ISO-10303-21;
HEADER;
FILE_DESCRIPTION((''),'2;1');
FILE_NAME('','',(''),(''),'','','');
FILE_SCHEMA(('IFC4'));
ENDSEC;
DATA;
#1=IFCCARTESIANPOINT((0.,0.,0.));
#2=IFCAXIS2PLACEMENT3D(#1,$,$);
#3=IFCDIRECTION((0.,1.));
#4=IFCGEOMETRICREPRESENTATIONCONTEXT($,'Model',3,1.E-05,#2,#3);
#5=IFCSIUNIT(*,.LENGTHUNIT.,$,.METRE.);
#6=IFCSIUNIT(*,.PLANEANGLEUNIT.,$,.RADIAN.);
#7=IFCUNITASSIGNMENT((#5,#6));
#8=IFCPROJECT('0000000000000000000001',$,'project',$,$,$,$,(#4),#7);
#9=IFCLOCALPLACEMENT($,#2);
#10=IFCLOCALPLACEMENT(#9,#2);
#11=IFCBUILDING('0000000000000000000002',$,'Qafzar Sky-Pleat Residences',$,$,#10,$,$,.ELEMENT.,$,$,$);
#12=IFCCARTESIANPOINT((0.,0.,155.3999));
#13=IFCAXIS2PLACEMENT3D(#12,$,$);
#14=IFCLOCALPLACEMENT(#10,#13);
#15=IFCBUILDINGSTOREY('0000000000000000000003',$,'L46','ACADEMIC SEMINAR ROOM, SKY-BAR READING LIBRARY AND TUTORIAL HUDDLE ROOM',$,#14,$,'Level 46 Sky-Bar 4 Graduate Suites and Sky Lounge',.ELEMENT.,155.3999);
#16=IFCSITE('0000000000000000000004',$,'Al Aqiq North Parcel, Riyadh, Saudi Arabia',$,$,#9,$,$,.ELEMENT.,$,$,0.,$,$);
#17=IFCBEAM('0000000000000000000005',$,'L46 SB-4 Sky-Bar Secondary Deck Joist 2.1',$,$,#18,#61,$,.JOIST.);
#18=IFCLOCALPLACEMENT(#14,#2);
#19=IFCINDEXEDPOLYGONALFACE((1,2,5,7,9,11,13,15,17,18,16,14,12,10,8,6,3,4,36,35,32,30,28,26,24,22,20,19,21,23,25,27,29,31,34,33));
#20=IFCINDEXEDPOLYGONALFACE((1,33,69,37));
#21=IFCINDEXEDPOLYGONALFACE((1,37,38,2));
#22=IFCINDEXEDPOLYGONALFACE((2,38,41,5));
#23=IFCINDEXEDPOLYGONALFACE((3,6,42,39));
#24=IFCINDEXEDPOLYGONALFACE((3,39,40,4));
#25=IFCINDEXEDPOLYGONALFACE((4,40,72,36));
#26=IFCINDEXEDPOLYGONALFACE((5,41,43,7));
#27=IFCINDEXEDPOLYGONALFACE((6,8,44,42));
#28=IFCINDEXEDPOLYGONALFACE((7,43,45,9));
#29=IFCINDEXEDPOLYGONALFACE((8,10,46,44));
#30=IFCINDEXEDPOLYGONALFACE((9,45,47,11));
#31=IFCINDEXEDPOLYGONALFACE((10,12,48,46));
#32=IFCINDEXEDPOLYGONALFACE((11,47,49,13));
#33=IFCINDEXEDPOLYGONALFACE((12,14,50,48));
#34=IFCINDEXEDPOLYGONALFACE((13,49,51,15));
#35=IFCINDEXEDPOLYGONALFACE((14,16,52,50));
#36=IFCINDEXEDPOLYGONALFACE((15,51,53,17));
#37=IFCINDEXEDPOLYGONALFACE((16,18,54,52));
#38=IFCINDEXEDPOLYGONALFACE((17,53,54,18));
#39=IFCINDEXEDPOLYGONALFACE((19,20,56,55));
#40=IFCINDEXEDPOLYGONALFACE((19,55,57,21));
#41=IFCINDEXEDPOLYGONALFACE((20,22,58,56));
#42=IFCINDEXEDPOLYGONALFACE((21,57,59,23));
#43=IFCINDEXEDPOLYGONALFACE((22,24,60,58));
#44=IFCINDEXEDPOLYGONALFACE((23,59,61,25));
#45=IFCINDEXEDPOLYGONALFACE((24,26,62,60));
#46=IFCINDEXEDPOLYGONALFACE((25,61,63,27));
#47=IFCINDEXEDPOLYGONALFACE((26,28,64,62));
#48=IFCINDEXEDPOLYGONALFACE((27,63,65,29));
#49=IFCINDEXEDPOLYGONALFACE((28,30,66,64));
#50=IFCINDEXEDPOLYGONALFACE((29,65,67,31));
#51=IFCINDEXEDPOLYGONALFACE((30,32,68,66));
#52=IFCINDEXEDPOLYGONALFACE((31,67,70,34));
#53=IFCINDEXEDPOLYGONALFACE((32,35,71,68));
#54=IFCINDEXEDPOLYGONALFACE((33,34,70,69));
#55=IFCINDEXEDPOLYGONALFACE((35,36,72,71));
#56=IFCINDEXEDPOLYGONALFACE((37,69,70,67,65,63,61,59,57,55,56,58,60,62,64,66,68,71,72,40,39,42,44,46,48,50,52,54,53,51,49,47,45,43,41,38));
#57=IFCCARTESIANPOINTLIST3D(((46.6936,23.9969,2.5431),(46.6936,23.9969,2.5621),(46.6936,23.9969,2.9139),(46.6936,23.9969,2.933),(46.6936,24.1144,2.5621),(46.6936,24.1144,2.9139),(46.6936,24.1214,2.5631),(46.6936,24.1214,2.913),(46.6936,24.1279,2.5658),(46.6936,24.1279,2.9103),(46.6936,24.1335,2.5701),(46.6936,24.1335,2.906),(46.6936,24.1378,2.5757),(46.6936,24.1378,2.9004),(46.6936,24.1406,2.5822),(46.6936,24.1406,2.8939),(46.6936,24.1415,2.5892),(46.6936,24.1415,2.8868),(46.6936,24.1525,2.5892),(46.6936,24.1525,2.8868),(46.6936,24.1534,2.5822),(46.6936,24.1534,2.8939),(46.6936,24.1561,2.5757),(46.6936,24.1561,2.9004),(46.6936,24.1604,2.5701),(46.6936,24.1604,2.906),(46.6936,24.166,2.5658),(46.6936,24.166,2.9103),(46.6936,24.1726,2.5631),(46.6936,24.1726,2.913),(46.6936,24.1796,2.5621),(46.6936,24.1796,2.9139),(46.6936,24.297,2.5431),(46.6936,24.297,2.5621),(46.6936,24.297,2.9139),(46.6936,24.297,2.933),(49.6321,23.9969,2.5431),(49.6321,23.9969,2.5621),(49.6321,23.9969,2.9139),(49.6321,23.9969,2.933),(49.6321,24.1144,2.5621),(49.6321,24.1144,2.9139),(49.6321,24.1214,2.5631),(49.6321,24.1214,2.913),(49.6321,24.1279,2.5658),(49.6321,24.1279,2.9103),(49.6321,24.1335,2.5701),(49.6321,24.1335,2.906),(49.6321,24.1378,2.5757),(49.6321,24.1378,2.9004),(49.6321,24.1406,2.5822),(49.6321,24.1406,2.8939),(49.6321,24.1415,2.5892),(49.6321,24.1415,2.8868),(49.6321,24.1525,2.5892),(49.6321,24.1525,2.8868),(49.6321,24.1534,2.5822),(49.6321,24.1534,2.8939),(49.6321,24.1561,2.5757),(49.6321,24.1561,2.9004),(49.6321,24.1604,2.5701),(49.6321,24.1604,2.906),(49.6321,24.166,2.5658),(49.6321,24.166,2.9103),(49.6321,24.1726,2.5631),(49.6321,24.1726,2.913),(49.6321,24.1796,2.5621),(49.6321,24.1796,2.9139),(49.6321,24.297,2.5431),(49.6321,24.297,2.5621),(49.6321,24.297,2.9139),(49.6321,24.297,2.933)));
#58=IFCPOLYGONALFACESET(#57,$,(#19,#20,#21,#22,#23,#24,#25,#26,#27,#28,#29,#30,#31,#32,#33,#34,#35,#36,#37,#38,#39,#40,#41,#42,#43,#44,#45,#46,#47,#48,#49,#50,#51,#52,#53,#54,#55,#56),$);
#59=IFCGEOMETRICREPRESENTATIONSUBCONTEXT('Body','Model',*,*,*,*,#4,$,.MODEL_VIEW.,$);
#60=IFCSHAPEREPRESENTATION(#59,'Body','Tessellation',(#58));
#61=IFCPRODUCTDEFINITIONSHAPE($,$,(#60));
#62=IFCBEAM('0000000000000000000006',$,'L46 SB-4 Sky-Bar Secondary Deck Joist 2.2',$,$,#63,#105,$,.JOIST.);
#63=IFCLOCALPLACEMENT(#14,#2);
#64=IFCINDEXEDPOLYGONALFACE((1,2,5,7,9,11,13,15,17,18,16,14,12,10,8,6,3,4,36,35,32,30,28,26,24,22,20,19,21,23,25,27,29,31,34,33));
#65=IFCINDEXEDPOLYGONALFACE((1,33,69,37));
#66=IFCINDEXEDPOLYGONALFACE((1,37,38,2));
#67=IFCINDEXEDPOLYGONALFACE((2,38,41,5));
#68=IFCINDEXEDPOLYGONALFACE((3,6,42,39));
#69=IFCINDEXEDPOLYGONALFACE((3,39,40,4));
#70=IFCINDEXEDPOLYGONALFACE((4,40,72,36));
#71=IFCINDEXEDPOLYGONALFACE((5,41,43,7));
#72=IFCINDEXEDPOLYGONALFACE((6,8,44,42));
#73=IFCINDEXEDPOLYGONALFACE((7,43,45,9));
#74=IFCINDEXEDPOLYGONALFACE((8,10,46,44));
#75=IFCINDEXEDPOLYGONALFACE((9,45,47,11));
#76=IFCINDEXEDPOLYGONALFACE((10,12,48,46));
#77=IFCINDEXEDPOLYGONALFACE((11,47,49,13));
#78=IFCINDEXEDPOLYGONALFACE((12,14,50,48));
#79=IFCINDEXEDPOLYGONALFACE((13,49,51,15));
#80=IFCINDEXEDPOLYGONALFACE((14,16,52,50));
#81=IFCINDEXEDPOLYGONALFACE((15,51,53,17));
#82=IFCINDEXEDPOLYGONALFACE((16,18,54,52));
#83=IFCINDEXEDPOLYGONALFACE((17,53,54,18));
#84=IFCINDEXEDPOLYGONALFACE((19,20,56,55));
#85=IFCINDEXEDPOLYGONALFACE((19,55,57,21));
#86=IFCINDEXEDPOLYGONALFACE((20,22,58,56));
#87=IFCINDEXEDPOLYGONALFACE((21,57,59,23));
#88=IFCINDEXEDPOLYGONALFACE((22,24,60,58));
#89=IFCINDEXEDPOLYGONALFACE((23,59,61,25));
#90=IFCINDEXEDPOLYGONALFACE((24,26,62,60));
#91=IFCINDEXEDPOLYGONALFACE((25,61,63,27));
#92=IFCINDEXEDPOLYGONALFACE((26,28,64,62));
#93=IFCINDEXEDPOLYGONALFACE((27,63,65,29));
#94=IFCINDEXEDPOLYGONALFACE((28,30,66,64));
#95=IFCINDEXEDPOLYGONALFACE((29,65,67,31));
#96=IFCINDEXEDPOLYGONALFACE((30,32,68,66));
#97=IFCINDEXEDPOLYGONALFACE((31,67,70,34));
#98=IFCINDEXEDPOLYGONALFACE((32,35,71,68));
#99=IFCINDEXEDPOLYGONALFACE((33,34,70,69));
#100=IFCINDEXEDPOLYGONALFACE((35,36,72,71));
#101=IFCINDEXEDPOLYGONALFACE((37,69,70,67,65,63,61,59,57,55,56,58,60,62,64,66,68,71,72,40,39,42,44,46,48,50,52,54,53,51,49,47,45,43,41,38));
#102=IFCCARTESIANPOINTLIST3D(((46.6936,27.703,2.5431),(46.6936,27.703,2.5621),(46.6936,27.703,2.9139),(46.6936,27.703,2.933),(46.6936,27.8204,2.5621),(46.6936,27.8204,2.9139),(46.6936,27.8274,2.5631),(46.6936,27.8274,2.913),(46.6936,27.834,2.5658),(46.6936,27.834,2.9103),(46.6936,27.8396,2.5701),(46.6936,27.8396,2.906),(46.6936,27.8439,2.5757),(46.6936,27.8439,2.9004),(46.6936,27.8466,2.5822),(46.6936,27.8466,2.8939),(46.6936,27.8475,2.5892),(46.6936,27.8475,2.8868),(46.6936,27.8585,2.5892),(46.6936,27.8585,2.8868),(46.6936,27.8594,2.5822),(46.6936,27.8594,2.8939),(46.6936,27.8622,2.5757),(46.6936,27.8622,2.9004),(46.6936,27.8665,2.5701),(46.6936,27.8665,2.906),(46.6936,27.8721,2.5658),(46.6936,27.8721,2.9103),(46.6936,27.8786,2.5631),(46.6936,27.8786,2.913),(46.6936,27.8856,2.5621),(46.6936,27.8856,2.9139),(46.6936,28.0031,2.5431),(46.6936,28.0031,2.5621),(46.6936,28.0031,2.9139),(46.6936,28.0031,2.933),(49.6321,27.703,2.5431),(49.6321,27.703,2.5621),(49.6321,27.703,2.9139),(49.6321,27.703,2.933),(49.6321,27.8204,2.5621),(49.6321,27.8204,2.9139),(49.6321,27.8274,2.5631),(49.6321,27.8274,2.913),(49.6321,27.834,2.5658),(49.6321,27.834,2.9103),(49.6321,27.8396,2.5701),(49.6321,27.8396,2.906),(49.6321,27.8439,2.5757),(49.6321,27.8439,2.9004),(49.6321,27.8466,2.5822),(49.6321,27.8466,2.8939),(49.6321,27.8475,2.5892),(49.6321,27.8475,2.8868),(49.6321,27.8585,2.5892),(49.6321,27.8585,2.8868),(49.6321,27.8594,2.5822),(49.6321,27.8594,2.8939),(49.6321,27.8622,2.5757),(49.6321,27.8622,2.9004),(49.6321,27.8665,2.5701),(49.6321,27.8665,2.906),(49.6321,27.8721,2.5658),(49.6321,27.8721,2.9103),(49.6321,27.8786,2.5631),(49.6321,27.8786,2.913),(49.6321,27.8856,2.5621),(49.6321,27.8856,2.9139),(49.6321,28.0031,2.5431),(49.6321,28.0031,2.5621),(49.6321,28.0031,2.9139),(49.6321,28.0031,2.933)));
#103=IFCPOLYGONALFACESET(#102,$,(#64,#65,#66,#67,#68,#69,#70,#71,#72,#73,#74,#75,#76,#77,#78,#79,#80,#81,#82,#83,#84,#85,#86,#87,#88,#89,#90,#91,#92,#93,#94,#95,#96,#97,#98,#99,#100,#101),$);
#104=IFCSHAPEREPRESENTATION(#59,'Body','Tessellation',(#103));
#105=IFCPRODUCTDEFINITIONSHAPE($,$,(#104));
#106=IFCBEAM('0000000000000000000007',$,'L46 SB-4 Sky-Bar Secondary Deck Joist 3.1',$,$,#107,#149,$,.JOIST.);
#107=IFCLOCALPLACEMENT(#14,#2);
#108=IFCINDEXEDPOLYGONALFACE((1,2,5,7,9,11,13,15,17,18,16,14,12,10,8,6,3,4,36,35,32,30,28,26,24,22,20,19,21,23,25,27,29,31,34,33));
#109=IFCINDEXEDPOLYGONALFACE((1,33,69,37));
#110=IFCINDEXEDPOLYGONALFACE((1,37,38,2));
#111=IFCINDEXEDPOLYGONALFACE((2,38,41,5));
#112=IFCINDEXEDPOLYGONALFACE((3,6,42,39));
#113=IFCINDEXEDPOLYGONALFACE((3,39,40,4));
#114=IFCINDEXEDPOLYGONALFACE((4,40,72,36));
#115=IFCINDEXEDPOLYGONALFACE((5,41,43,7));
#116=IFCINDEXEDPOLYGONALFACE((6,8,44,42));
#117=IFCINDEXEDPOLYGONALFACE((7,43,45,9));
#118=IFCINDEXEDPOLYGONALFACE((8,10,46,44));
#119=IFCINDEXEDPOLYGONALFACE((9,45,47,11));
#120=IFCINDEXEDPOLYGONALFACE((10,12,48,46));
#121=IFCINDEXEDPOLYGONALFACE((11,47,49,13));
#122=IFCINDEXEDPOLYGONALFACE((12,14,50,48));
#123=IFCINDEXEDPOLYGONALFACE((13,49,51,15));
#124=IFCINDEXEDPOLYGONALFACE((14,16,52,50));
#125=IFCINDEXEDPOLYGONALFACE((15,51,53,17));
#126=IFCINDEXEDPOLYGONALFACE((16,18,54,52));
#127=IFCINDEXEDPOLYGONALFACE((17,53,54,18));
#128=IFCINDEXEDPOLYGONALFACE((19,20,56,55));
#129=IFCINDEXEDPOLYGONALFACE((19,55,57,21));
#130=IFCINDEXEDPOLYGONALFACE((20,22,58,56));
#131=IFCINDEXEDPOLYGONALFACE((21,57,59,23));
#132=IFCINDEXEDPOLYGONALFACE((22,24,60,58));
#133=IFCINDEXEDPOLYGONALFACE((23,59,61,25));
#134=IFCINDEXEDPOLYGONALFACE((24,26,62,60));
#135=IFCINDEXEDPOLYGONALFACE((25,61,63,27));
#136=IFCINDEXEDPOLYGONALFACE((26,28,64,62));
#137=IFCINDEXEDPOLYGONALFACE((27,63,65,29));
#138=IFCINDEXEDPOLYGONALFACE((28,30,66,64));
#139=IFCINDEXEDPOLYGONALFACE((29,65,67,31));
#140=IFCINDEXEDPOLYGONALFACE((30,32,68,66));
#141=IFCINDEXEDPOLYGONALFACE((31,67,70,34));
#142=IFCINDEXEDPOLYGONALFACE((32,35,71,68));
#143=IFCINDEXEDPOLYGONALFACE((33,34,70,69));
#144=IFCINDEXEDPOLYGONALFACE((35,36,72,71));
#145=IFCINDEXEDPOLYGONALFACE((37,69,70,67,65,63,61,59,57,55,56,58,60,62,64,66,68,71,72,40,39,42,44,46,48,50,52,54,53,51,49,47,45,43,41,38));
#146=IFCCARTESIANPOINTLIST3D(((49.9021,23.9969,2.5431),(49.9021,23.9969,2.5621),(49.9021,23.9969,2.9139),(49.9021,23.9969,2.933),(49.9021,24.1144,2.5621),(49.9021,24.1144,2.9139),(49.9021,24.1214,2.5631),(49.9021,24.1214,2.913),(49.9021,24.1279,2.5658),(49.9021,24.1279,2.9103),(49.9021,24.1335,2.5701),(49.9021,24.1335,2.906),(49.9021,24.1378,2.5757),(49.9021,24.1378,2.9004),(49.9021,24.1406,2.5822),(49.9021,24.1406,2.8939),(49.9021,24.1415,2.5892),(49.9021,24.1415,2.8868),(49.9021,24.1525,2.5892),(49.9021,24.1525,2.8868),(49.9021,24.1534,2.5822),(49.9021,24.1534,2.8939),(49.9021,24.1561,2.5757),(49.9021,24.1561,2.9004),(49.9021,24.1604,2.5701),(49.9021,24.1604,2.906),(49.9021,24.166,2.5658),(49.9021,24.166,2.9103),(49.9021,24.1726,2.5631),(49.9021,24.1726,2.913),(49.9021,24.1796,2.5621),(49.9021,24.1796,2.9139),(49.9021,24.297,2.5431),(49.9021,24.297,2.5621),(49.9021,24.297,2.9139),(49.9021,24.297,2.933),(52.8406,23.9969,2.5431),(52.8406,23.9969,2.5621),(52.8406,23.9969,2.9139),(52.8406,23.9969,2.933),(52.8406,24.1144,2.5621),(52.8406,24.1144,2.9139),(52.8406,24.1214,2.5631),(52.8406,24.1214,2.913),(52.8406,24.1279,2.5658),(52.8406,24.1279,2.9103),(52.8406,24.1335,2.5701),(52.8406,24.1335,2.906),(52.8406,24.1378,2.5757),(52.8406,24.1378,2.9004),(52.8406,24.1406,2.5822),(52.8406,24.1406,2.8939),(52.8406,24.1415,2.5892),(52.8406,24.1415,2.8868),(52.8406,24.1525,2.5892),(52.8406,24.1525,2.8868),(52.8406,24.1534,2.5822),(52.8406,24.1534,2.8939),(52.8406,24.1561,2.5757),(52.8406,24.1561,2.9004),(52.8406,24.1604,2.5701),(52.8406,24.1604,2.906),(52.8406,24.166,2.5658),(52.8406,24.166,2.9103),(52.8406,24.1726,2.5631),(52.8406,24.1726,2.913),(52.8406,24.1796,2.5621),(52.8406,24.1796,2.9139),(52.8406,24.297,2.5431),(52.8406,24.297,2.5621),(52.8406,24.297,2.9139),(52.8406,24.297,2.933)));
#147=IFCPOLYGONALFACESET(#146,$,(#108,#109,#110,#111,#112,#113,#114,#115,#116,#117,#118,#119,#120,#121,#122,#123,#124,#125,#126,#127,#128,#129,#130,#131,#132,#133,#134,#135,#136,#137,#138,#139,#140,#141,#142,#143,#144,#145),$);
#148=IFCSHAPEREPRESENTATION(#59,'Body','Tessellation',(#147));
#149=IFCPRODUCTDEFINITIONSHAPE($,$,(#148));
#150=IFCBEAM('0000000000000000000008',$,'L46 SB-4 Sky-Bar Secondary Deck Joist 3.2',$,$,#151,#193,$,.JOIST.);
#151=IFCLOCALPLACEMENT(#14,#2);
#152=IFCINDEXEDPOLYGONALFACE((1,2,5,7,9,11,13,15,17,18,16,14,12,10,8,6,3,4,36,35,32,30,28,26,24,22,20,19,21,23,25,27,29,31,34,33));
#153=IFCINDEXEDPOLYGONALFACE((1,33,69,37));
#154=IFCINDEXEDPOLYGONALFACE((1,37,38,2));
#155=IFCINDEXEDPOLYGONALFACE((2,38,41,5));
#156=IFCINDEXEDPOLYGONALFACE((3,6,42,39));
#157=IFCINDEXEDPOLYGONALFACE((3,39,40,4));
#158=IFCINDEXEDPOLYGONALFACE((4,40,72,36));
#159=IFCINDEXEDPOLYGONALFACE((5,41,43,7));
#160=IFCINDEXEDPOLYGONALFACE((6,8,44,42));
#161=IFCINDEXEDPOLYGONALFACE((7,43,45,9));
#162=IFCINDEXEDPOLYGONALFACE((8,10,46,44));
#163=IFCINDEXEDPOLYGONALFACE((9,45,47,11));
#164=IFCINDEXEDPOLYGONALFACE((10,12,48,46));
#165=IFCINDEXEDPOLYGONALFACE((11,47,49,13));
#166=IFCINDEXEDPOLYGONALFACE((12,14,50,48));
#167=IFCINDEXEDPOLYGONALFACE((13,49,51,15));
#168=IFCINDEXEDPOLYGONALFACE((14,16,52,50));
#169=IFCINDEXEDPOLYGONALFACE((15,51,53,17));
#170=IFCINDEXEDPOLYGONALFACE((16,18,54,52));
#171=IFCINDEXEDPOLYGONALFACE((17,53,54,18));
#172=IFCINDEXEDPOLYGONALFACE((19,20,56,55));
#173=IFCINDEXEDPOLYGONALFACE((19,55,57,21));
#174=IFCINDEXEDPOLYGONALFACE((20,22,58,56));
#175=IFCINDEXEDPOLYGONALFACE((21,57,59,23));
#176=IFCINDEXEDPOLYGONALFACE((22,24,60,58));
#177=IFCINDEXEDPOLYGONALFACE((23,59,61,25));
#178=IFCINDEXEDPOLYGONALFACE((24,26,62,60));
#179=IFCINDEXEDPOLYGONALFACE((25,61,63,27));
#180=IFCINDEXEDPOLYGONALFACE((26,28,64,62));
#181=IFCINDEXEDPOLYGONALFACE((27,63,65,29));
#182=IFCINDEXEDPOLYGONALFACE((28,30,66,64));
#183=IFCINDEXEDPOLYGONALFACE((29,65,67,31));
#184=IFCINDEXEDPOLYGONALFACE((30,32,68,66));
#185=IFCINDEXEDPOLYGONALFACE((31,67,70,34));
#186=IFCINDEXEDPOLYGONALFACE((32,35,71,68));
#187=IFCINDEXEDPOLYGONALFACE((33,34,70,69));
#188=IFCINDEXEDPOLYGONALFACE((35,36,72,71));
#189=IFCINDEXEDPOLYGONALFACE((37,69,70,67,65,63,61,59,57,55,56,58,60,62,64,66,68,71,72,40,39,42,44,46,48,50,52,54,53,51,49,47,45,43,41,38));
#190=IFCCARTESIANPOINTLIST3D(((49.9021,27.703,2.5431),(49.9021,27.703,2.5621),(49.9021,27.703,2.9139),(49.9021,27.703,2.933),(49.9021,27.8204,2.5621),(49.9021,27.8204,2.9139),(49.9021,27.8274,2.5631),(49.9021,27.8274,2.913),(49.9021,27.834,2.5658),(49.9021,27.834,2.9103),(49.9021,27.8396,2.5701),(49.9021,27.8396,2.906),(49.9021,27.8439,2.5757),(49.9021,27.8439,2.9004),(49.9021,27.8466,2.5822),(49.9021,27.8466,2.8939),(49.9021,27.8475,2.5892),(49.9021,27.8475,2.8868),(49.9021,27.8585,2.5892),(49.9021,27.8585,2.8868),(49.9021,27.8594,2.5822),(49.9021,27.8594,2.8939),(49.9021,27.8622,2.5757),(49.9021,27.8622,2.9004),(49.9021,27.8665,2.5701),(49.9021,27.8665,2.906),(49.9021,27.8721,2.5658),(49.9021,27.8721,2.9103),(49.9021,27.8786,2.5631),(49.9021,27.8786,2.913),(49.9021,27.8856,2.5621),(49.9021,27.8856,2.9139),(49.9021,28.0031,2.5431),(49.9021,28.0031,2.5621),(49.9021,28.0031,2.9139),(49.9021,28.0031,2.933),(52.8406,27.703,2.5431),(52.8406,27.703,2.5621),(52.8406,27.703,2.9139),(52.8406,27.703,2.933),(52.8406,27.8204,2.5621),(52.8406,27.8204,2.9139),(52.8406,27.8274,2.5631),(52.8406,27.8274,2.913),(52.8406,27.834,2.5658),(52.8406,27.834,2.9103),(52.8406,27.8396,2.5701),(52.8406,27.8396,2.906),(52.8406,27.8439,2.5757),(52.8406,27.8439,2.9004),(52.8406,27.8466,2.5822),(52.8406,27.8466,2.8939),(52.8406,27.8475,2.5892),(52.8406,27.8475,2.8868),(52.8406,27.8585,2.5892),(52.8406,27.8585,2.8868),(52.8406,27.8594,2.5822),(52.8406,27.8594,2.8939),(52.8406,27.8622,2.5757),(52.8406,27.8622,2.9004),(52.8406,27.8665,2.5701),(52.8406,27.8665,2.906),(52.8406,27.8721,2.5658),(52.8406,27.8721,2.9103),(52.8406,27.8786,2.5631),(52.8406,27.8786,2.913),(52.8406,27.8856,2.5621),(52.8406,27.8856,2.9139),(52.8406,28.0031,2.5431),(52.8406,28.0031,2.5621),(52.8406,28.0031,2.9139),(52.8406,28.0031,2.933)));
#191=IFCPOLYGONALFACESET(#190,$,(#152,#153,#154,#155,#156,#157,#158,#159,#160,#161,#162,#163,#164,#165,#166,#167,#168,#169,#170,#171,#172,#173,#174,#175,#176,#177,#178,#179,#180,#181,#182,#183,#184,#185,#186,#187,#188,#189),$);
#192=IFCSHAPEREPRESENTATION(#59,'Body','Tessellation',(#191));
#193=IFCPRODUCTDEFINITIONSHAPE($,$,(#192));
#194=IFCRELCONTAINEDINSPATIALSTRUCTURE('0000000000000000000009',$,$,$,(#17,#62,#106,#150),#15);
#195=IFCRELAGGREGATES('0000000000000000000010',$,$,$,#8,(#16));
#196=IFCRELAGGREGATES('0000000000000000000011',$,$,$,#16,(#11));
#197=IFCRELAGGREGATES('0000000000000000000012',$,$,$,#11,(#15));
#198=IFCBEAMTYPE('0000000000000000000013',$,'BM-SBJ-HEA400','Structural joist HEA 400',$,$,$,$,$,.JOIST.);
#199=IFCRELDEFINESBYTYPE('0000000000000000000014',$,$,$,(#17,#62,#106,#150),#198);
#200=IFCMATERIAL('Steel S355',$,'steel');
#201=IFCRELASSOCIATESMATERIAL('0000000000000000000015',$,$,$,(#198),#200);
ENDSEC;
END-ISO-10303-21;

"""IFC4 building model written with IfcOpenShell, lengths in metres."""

from ifc_helpers import new_model, si_unit, direction, frame, origin, origin_2d, place, context, subcontext, project, spatial, i_section, extrude, source, transform, mapped, material, material_profile, profile_set, type_object, element, save


model = new_model("IFC4")

# Units and contexts
model_context = context("Model", 3, precision=1e-05, world=origin(), true_north=direction((0.0, 1.0)))
body_context = subcontext(model_context, "Body", "Model", "MODEL_VIEW")
ifc_project = project(units=[si_unit("LENGTHUNIT", "METRE"), si_unit("PLANEANGLEUNIT", "RADIAN")], contexts=[model_context])

# Site, building, storey
site_placement = place(None, origin())
site = spatial("IfcSite", under=ifc_project, at=site_placement, Name="Al Aqiq North Parcel, Riyadh, Saudi Arabia", CompositionType="ELEMENT", RefElevation=0.0)
building_placement = place(site_placement, origin())
building = spatial("IfcBuilding", under=site, at=building_placement, Name="Qafzar Sky-Pleat Residences", CompositionType="ELEMENT")
storey_placement = place(building_placement, frame((0.0, 0.0, 155.3999)))
storey = spatial("IfcBuildingStorey", under=building, at=storey_placement, Name="L46", Description="ACADEMIC SEMINAR ROOM, SKY-BAR READING LIBRARY AND TUTORIAL HUDDLE ROOM", LongName="Level 46 Sky-Bar 4 Graduate Suites and Sky Lounge", CompositionType="ELEMENT", Elevation=155.3999)

# Shared definitions
ifc_material_1 = material(Name="Steel S355", Category="steel")

# Beams
ifc_material_profile_1 = material_profile(ifc_material_1, i_section(OverallWidth=0.3, OverallDepth=0.3899, WebThickness=0.011, FlangeThickness=0.019, FilletRadius=0.0271, at=origin_2d()), Name="HEA 400")
ifc_profile_set_1 = profile_set([ifc_material_profile_1], Name="Steel S355")
beam_type_1 = type_object("IfcBeamType", Name="BM-SBJ-HEA400", Description="Structural joist HEA 400", PredefinedType="JOIST", material=ifc_profile_set_1)
shared_shape_1 = source(origin(), body_context, "Body", "SweptSolid", [
    extrude(i_section(OverallWidth=0.3, OverallDepth=0.3899, WebThickness=0.011, FlangeThickness=0.019, FilletRadius=0.0271, at=origin_2d()), origin(), (0.0, 0.0, 1.0), 2.9385),
])
for number, where, z_axis, x_axis, name in (
    (1, (46.6936, 24.147, 2.738), (1.0, 0.0, 0.0), (0.0, 1.0, 0.0), "L46 SB-4 Sky-Bar Secondary Deck Joist 2.1"),
    (2, (46.6936, 27.853, 2.738), (1.0, 0.0, 0.0), (0.0, 1.0, 0.0), "L46 SB-4 Sky-Bar Secondary Deck Joist 2.2"),
    (3, (49.9021, 24.147, 2.738), (1.0, 0.0, 0.0), (0.0, 1.0, 0.0), "L46 SB-4 Sky-Bar Secondary Deck Joist 3.1"),
    (4, (49.9021, 27.853, 2.738), (1.0, 0.0, 0.0), (0.0, 1.0, 0.0), "L46 SB-4 Sky-Bar Secondary Deck Joist 3.2"),
):
    element("IfcBeam", number, at=place(storey_placement, frame(where, z_axis=z_axis, x_axis=x_axis)), inside=storey, type_object=beam_type_1, Name=name, PredefinedType="JOIST", context=body_context, shape_type="MappedRepresentation", body=[
        mapped(shared_shape_1, transform((0.0, 0.0, 0.0), x_axis=(1.0, 0.0, 0.0), y_axis=(0.0, 1.0, 0.0), z_axis=(0.0, 0.0, 1.0), scale=1.0)),
    ])

save(model, "model.ifc")
